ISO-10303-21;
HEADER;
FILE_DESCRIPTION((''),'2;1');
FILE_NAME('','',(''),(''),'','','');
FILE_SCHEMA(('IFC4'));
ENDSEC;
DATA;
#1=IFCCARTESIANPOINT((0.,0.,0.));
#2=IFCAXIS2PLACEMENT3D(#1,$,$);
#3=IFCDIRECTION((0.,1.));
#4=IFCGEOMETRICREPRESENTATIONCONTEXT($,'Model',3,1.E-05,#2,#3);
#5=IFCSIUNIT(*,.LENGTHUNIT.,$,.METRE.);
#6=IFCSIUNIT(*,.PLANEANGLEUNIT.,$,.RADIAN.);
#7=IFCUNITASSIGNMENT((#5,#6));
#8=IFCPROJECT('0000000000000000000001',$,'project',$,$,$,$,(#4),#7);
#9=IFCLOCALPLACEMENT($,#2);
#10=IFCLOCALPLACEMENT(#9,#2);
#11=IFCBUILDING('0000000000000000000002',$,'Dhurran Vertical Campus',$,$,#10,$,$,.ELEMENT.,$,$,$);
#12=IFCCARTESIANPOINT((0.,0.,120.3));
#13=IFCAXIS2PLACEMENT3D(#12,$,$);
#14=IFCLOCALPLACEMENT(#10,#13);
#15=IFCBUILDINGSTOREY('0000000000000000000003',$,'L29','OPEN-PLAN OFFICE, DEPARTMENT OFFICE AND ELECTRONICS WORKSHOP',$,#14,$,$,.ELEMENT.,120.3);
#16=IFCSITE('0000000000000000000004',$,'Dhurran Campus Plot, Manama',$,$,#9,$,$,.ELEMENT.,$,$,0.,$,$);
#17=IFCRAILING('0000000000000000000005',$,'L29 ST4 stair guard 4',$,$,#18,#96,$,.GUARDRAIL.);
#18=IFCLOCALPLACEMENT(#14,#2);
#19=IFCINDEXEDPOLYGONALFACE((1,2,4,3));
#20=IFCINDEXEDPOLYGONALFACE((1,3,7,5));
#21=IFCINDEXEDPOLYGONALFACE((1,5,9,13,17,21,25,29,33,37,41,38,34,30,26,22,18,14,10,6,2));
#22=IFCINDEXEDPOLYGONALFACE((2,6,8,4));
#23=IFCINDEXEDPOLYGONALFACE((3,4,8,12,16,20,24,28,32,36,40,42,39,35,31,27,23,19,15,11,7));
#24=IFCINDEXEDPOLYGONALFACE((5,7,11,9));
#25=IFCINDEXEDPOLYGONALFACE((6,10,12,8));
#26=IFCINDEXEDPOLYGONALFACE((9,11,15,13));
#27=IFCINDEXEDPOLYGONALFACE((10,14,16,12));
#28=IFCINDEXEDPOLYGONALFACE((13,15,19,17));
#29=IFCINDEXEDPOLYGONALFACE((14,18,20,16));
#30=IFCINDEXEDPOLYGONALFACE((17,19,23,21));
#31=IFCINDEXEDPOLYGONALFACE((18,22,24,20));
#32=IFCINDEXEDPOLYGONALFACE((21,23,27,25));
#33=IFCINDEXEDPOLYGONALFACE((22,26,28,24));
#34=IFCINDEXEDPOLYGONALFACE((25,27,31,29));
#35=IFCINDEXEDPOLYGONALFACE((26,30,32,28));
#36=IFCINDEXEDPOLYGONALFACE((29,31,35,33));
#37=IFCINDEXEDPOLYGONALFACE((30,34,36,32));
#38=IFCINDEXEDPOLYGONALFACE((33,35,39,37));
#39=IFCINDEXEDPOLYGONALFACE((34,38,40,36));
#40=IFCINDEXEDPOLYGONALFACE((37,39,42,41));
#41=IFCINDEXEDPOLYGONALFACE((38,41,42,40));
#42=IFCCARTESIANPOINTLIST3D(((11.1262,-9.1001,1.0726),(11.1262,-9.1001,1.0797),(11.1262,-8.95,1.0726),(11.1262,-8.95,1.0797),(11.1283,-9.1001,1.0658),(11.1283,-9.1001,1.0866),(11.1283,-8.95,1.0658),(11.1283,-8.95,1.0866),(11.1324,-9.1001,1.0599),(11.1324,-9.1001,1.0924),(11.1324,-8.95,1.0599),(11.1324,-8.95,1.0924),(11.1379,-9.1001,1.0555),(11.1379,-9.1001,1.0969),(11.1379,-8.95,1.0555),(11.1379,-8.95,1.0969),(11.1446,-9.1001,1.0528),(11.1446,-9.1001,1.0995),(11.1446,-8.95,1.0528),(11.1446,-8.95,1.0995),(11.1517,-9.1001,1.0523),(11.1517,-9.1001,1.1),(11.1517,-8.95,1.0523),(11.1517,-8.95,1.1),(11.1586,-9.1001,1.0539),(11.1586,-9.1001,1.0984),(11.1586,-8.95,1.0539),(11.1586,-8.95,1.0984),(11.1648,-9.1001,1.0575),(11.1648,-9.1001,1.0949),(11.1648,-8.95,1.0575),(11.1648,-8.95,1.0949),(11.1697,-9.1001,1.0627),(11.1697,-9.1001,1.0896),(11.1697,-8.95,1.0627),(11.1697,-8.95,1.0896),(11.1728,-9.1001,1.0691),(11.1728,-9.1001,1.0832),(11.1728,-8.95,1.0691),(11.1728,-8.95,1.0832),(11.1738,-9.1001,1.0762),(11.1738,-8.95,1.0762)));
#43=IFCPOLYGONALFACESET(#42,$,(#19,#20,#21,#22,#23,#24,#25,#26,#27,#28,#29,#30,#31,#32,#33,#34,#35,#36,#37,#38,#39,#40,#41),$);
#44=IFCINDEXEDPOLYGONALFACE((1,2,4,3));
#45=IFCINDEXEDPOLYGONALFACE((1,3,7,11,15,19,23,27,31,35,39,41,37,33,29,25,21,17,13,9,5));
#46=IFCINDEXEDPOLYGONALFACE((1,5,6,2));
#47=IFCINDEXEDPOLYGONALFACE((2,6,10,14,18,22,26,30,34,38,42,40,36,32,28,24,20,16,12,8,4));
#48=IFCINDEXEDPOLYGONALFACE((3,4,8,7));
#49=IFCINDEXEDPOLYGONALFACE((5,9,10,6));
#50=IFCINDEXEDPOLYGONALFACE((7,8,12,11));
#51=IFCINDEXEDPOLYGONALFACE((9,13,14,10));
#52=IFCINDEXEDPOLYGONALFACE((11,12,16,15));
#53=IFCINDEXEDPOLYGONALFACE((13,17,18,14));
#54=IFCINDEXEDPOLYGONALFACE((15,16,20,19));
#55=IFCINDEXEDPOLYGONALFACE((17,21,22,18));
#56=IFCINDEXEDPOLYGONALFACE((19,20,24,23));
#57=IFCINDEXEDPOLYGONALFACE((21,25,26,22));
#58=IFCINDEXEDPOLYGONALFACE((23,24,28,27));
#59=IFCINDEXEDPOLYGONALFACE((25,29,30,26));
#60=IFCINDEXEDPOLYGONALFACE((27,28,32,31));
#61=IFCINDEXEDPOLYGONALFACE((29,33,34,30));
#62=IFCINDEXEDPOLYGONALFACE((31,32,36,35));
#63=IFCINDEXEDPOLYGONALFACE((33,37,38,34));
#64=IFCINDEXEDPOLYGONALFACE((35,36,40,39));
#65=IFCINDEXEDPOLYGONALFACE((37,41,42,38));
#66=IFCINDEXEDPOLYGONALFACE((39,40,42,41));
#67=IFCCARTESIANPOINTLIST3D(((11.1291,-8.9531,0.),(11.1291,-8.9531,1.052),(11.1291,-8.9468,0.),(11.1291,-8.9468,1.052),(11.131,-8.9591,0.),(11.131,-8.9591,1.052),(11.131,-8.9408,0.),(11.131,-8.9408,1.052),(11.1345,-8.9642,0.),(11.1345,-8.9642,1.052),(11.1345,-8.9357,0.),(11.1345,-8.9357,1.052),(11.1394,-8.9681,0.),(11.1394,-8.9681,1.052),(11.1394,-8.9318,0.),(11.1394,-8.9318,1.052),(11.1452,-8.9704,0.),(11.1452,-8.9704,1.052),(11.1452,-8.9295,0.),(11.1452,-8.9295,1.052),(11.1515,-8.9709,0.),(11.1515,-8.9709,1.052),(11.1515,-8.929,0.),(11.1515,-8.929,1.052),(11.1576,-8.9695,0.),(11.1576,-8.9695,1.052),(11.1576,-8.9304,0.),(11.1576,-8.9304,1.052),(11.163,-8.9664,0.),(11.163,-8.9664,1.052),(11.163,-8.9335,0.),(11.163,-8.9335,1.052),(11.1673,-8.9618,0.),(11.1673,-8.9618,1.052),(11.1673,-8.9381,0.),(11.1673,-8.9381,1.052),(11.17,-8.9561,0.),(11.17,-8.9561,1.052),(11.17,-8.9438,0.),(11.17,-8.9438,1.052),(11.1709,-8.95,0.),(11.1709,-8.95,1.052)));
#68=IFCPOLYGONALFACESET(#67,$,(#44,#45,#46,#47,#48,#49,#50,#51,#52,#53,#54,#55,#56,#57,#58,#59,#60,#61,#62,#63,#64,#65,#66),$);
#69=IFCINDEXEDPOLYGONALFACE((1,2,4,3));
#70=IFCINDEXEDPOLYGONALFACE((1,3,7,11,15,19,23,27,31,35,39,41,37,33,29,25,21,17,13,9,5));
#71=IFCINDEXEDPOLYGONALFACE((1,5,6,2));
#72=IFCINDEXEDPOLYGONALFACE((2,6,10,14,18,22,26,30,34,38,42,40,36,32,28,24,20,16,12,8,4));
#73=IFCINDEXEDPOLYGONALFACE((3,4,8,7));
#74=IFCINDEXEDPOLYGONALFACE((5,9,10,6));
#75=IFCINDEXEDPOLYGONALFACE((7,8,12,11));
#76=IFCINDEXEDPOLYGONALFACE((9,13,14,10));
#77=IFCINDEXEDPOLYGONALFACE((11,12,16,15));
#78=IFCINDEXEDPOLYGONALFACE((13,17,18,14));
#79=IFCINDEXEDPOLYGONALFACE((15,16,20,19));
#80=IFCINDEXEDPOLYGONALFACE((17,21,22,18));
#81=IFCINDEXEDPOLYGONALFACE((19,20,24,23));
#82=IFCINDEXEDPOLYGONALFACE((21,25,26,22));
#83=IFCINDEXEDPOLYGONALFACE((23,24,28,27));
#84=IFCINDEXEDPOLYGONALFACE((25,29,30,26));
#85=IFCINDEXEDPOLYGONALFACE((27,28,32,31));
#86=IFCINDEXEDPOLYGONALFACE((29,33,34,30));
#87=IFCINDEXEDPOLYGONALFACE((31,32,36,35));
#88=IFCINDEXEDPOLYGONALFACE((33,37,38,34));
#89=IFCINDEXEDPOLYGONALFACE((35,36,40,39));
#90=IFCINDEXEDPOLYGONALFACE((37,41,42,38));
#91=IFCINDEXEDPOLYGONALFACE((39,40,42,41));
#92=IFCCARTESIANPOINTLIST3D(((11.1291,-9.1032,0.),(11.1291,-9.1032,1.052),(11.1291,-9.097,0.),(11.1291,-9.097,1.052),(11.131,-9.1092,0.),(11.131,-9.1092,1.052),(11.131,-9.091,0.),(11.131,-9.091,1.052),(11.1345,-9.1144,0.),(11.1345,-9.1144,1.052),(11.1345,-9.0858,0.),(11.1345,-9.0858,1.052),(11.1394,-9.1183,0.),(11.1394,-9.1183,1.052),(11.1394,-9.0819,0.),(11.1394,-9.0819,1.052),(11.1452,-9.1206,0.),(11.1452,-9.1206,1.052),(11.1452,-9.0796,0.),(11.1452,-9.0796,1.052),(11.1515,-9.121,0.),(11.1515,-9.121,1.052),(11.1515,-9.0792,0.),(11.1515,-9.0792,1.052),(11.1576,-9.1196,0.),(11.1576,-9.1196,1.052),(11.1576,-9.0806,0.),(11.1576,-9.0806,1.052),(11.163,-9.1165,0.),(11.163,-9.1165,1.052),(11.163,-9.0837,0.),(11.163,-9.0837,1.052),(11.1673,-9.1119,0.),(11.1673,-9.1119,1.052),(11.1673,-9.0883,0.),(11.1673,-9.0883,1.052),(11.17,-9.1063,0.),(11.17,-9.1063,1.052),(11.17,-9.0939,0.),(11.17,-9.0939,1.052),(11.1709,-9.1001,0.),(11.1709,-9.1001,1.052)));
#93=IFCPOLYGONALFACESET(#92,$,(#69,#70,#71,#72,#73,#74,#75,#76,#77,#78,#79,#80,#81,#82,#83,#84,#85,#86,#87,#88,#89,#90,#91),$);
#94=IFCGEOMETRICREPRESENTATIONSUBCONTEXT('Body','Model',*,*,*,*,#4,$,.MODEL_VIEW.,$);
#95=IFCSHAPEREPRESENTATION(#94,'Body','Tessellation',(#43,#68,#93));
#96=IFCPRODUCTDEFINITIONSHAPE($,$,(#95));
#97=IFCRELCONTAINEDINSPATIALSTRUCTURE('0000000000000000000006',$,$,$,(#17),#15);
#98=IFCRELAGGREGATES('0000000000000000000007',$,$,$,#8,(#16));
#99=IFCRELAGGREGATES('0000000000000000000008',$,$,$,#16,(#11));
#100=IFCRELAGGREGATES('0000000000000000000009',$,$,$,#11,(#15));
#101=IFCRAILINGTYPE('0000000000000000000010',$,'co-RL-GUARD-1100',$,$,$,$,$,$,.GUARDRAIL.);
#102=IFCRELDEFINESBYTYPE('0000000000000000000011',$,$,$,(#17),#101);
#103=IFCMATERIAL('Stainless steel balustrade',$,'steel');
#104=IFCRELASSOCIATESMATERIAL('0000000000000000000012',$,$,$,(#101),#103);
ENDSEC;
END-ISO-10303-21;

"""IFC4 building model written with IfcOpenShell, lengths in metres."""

from ifc_helpers import new_model, si_unit, direction, frame, origin, origin_2d, place, context, subcontext, project, spatial, circle, extrude, material, type_object, element, save


model = new_model("IFC4")

# Units and contexts
model_context = context("Model", 3, precision=1e-05, world=origin(), true_north=direction((0.0, 1.0)))
body_context = subcontext(model_context, "Body", "Model", "MODEL_VIEW")
ifc_project = project(units=[si_unit("LENGTHUNIT", "METRE"), si_unit("PLANEANGLEUNIT", "RADIAN")], contexts=[model_context])

# Site, building, storey
site_placement = place(None, origin())
site = spatial("IfcSite", under=ifc_project, at=site_placement, Name="Dhurran Campus Plot, Manama", CompositionType="ELEMENT", RefElevation=0.0)
building_placement = place(site_placement, origin())
building = spatial("IfcBuilding", under=site, at=building_placement, Name="Dhurran Vertical Campus", CompositionType="ELEMENT")
storey_placement = place(building_placement, frame((0.0, 0.0, 120.3)))
storey = spatial("IfcBuildingStorey", under=building, at=storey_placement, Name="L29", Description="OPEN-PLAN OFFICE, DEPARTMENT OFFICE AND ELECTRONICS WORKSHOP", CompositionType="ELEMENT", Elevation=120.3)

# Railing
ifc_material_1 = material(Name="Stainless steel balustrade", Category="steel")
railing_type_1 = type_object("IfcRailingType", Name="co-RL-GUARD-1100", PredefinedType="GUARDRAIL", material=ifc_material_1)
railing_1_placement = place(storey_placement, frame((11.1499, -8.95, 0.0)))
element("IfcRailing", 1, at=railing_1_placement, inside=storey, type_object=railing_type_1, Name="L29 ST4 stair guard 4", PredefinedType="GUARDRAIL", context=body_context, shape_type="SweptSolid", body=[
    extrude(circle(Radius=0.0239, at=origin_2d()), frame((0.0, 0.0, 1.0762), z_axis=(0.0, -1.0, 0.0), x_axis=(1.0, 0.0, 0.0)), (0.0, 0.0, 1.0), 0.1501),
    extrude(circle(Radius=0.021, at=origin_2d()), origin(), (0.0, 0.0, 1.0), 1.052),
    extrude(circle(Radius=0.021, at=origin_2d()), frame((0.0, -0.1501, 0.0)), (0.0, 0.0, 1.0), 1.052),
])

save(model, "model.ifc")
